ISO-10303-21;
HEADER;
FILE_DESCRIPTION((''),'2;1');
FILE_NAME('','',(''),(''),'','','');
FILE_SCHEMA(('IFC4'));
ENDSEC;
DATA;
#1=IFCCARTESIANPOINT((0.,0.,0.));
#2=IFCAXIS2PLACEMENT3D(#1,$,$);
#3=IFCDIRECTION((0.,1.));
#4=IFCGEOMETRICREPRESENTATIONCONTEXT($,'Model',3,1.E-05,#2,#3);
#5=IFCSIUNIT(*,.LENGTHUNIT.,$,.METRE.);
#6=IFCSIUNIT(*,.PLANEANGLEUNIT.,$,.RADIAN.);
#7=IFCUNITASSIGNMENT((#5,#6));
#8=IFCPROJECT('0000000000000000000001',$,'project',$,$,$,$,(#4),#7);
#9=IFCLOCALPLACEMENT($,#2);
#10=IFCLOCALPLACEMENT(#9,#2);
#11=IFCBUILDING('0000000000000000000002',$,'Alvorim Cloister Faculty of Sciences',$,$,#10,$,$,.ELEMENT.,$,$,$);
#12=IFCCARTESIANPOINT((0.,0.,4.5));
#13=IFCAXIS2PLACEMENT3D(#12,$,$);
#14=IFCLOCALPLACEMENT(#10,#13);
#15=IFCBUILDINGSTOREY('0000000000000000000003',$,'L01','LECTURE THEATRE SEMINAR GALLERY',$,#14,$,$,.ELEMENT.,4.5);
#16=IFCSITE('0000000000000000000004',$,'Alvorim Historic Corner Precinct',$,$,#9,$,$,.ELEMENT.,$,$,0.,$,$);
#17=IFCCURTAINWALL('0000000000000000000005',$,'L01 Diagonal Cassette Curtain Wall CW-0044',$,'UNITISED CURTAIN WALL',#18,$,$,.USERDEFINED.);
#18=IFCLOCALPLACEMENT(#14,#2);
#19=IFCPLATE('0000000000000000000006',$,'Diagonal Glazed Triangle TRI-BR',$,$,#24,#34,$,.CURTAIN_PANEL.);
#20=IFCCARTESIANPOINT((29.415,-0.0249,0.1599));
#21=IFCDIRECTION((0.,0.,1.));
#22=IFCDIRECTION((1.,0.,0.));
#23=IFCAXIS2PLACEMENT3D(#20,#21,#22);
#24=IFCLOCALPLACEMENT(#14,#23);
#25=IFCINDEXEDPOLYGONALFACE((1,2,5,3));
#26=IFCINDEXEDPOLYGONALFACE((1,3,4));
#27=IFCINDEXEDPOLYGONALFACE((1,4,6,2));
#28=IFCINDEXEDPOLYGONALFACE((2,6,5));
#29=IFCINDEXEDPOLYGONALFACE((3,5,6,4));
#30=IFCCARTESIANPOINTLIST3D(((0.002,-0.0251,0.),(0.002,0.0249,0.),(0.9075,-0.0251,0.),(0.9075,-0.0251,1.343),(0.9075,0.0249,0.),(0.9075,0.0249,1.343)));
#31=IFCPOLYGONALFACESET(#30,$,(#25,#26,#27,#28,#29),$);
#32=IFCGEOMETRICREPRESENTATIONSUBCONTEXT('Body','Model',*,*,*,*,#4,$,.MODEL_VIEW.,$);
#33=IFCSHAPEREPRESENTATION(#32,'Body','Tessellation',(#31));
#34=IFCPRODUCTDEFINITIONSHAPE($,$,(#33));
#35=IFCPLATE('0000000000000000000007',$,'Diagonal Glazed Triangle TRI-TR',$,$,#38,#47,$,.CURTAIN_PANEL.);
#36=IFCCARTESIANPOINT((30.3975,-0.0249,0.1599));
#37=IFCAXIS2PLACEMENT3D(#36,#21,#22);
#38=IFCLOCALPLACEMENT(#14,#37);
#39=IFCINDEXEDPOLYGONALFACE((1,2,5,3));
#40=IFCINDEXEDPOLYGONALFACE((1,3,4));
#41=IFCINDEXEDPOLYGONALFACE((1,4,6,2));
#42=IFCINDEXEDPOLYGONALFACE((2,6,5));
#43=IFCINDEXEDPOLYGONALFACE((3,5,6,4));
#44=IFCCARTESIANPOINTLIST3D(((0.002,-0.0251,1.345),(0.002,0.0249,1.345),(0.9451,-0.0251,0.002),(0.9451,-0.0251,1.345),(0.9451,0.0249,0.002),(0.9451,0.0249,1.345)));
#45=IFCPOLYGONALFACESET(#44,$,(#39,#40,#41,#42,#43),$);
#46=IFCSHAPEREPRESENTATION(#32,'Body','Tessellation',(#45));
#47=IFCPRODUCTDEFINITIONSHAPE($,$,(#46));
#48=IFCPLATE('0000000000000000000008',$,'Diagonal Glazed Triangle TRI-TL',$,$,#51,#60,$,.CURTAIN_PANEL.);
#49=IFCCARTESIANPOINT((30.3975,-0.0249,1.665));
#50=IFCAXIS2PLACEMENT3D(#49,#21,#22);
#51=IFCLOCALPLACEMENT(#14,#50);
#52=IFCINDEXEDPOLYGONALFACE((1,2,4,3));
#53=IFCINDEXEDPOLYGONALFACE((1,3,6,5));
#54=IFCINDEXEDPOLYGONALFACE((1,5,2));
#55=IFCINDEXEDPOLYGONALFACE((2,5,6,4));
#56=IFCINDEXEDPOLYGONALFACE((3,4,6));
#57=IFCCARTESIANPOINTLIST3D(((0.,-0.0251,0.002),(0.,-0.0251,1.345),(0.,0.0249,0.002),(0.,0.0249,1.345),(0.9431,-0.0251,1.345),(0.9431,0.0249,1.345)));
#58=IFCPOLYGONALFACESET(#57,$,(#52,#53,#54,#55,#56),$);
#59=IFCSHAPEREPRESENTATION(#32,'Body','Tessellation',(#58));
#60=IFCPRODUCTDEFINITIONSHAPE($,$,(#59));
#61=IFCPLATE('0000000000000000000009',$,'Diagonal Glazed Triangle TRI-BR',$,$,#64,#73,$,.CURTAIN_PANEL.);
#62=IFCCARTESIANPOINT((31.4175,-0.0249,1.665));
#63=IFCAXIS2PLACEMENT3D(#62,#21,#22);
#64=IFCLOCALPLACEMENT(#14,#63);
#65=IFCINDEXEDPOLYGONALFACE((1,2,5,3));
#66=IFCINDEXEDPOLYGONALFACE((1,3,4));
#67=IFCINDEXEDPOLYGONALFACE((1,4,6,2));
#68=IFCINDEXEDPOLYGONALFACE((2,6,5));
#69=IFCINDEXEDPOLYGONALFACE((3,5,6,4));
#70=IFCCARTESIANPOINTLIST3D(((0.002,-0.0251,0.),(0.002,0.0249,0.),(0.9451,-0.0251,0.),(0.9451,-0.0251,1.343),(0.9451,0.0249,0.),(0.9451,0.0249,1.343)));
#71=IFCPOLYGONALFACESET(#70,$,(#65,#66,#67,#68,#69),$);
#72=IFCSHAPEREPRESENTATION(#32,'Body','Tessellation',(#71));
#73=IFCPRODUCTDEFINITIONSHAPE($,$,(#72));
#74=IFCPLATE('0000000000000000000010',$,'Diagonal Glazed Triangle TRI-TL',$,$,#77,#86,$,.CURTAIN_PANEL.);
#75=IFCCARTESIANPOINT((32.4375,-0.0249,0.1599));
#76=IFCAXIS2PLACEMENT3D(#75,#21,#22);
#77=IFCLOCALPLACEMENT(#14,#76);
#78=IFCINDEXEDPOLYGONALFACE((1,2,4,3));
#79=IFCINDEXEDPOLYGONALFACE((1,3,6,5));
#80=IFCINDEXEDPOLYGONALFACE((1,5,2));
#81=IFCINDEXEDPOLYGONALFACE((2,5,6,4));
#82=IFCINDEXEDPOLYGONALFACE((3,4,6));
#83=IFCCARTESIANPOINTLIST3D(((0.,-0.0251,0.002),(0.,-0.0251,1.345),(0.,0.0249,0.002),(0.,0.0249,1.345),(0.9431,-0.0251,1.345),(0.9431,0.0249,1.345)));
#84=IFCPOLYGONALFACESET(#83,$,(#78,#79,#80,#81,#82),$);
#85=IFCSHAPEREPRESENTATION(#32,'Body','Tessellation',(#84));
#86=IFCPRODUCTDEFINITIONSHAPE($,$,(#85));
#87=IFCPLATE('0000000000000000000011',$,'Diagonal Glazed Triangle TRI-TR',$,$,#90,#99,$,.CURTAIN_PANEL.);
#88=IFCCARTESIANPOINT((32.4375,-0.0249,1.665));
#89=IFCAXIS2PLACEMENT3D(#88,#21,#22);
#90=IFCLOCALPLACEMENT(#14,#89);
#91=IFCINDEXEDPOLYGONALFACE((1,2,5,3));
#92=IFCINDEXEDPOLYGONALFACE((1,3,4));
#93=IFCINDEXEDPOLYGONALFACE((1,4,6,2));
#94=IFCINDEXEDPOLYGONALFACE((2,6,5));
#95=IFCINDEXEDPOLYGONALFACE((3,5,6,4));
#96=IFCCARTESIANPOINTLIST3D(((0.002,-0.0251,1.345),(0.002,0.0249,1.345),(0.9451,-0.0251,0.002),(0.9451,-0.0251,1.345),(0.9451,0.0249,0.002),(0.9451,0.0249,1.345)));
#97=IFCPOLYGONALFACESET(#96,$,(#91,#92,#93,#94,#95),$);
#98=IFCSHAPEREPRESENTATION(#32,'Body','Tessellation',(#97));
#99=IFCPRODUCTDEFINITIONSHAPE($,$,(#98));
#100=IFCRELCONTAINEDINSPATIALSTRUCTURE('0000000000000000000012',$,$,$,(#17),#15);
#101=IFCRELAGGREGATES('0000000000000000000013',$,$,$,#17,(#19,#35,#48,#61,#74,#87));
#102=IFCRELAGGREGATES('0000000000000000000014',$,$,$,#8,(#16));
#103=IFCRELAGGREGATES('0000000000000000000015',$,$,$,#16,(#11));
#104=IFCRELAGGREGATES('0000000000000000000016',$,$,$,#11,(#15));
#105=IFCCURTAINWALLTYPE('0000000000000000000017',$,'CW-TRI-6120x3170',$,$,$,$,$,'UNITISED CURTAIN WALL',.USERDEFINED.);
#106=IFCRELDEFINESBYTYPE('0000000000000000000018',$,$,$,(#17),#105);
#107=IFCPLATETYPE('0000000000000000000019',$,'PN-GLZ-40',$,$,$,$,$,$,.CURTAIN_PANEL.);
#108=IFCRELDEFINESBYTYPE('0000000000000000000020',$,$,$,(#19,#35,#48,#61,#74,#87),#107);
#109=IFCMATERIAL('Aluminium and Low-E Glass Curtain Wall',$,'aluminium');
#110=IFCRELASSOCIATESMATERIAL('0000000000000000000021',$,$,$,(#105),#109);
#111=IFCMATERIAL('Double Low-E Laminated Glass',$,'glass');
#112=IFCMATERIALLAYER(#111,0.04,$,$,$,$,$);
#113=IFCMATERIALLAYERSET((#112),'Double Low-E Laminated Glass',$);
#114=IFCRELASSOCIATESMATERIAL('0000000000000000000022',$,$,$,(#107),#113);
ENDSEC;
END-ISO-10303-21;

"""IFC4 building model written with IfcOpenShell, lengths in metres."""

from ifc_helpers import new_model, si_unit, direction, frame, origin, place, context, subcontext, project, spatial, polyline, outline, extrude, material, layer, layer_set, type_object, element, aggregate, save


model = new_model("IFC4")

# Units and contexts
model_context = context("Model", 3, precision=1e-05, world=origin(), true_north=direction((0.0, 1.0)))
body_context = subcontext(model_context, "Body", "Model", "MODEL_VIEW")
ifc_project = project(units=[si_unit("LENGTHUNIT", "METRE"), si_unit("PLANEANGLEUNIT", "RADIAN")], contexts=[model_context])

# Site, building, storey
site_placement = place(None, origin())
site = spatial("IfcSite", under=ifc_project, at=site_placement, Name="Alvorim Historic Corner Precinct", CompositionType="ELEMENT", RefElevation=0.0)
building_placement = place(site_placement, origin())
building = spatial("IfcBuilding", under=site, at=building_placement, Name="Alvorim Cloister Faculty of Sciences", CompositionType="ELEMENT")
storey_placement = place(building_placement, frame((0.0, 0.0, 4.5)))
storey = spatial("IfcBuildingStorey", under=building, at=storey_placement, Name="L01", Description="LECTURE THEATRE SEMINAR GALLERY", CompositionType="ELEMENT", Elevation=4.5)

# Shared definitions
ifc_material_1 = material(Name="Aluminium and Low-E Glass Curtain Wall", Category="aluminium")
curtain_wall_type = type_object("IfcCurtainWallType", Name="CW-TRI-6120x3170", ElementType="UNITISED CURTAIN WALL", PredefinedType="USERDEFINED", material=ifc_material_1)

# Curtain wall, plates
curtain_wall_1_placement = place(storey_placement, origin())
curtain_wall_1 = element("IfcCurtainWall", 1, at=curtain_wall_1_placement, inside=storey, type_object=curtain_wall_type, Name="L01 Diagonal Cassette Curtain Wall CW-0044", ObjectType="UNITISED CURTAIN WALL", PredefinedType="USERDEFINED")
ifc_material_2 = material(Name="Double Low-E Laminated Glass", Category="glass")
ifc_layer_1 = layer(ifc_material_2, 0.04)
ifc_layer_set_1 = layer_set([ifc_layer_1], Name="Double Low-E Laminated Glass")
plate_type = type_object("IfcPlateType", Name="PN-GLZ-40", PredefinedType="CURTAIN_PANEL", material=ifc_layer_set_1)
plate_1_placement = place(storey_placement, frame((29.415, -0.0249, 0.1599), z_axis=(0.0, 0.0, 1.0), x_axis=(1.0, 0.0, 0.0)))
plate_1 = element("IfcPlate", 2, at=plate_1_placement, type_object=plate_type, Name="Diagonal Glazed Triangle TRI-BR", PredefinedType="CURTAIN_PANEL", context=body_context, shape_type="SweptSolid", body=[
    extrude(outline(polyline([(0.002, 0.0), (0.9075, 0.0), (0.9075, 1.343), (0.002, 0.0)])), frame((0.0, 0.0249, 0.0), z_axis=(0.0, -1.0, 0.0), x_axis=(1.0, 0.0, 0.0)), (0.0, 0.0, 1.0), 0.05),
])
plate_2_placement = place(storey_placement, frame((30.3975, -0.0249, 0.1599), z_axis=(0.0, 0.0, 1.0), x_axis=(1.0, 0.0, 0.0)))
plate_2 = element("IfcPlate", 3, at=plate_2_placement, type_object=plate_type, Name="Diagonal Glazed Triangle TRI-TR", PredefinedType="CURTAIN_PANEL", context=body_context, shape_type="SweptSolid", body=[
    extrude(outline(polyline([(0.9451, 0.002), (0.9451, 1.345), (0.002, 1.345), (0.9451, 0.002)])), frame((0.0, 0.0249, 0.0), z_axis=(0.0, -1.0, 0.0), x_axis=(1.0, 0.0, 0.0)), (0.0, 0.0, 1.0), 0.05),
])
plate_3_placement = place(storey_placement, frame((30.3975, -0.0249, 1.665), z_axis=(0.0, 0.0, 1.0), x_axis=(1.0, 0.0, 0.0)))
plate_3 = element("IfcPlate", 4, at=plate_3_placement, type_object=plate_type, Name="Diagonal Glazed Triangle TRI-TL", PredefinedType="CURTAIN_PANEL", context=body_context, shape_type="SweptSolid", body=[
    extrude(outline(polyline([(0.9431, 1.345), (0.0, 1.345), (0.0, 0.002), (0.9431, 1.345)])), frame((0.0, 0.0249, 0.0), z_axis=(0.0, -1.0, 0.0), x_axis=(1.0, 0.0, 0.0)), (0.0, 0.0, 1.0), 0.05),
])
plate_4_placement = place(storey_placement, frame((31.4175, -0.0249, 1.665), z_axis=(0.0, 0.0, 1.0), x_axis=(1.0, 0.0, 0.0)))
plate_4 = element("IfcPlate", 5, at=plate_4_placement, type_object=plate_type, Name="Diagonal Glazed Triangle TRI-BR", PredefinedType="CURTAIN_PANEL", context=body_context, shape_type="SweptSolid", body=[
    extrude(outline(polyline([(0.002, 0.0), (0.9451, 0.0), (0.9451, 1.343), (0.002, 0.0)])), frame((0.0, 0.0249, 0.0), z_axis=(0.0, -1.0, 0.0), x_axis=(1.0, 0.0, 0.0)), (0.0, 0.0, 1.0), 0.05),
])
plate_5_placement = place(storey_placement, frame((32.4375, -0.0249, 0.1599), z_axis=(0.0, 0.0, 1.0), x_axis=(1.0, 0.0, 0.0)))
plate_5 = element("IfcPlate", 6, at=plate_5_placement, type_object=plate_type, Name="Diagonal Glazed Triangle TRI-TL", PredefinedType="CURTAIN_PANEL", context=body_context, shape_type="SweptSolid", body=[
    extrude(outline(polyline([(0.9431, 1.345), (0.0, 1.345), (0.0, 0.002), (0.9431, 1.345)])), frame((0.0, 0.0249, 0.0), z_axis=(0.0, -1.0, 0.0), x_axis=(1.0, 0.0, 0.0)), (0.0, 0.0, 1.0), 0.05),
])
plate_6_placement = place(storey_placement, frame((32.4375, -0.0249, 1.665), z_axis=(0.0, 0.0, 1.0), x_axis=(1.0, 0.0, 0.0)))
plate_6 = element("IfcPlate", 7, at=plate_6_placement, type_object=plate_type, Name="Diagonal Glazed Triangle TRI-TR", PredefinedType="CURTAIN_PANEL", context=body_context, shape_type="SweptSolid", body=[
    extrude(outline(polyline([(0.9451, 0.002), (0.9451, 1.345), (0.002, 1.345), (0.9451, 0.002)])), frame((0.0, 0.0249, 0.0), z_axis=(0.0, -1.0, 0.0), x_axis=(1.0, 0.0, 0.0)), (0.0, 0.0, 1.0), 0.05),
])
aggregate(curtain_wall_1, [plate_1, plate_2, plate_3, plate_4, plate_5, plate_6])

save(model, "model.ifc")
